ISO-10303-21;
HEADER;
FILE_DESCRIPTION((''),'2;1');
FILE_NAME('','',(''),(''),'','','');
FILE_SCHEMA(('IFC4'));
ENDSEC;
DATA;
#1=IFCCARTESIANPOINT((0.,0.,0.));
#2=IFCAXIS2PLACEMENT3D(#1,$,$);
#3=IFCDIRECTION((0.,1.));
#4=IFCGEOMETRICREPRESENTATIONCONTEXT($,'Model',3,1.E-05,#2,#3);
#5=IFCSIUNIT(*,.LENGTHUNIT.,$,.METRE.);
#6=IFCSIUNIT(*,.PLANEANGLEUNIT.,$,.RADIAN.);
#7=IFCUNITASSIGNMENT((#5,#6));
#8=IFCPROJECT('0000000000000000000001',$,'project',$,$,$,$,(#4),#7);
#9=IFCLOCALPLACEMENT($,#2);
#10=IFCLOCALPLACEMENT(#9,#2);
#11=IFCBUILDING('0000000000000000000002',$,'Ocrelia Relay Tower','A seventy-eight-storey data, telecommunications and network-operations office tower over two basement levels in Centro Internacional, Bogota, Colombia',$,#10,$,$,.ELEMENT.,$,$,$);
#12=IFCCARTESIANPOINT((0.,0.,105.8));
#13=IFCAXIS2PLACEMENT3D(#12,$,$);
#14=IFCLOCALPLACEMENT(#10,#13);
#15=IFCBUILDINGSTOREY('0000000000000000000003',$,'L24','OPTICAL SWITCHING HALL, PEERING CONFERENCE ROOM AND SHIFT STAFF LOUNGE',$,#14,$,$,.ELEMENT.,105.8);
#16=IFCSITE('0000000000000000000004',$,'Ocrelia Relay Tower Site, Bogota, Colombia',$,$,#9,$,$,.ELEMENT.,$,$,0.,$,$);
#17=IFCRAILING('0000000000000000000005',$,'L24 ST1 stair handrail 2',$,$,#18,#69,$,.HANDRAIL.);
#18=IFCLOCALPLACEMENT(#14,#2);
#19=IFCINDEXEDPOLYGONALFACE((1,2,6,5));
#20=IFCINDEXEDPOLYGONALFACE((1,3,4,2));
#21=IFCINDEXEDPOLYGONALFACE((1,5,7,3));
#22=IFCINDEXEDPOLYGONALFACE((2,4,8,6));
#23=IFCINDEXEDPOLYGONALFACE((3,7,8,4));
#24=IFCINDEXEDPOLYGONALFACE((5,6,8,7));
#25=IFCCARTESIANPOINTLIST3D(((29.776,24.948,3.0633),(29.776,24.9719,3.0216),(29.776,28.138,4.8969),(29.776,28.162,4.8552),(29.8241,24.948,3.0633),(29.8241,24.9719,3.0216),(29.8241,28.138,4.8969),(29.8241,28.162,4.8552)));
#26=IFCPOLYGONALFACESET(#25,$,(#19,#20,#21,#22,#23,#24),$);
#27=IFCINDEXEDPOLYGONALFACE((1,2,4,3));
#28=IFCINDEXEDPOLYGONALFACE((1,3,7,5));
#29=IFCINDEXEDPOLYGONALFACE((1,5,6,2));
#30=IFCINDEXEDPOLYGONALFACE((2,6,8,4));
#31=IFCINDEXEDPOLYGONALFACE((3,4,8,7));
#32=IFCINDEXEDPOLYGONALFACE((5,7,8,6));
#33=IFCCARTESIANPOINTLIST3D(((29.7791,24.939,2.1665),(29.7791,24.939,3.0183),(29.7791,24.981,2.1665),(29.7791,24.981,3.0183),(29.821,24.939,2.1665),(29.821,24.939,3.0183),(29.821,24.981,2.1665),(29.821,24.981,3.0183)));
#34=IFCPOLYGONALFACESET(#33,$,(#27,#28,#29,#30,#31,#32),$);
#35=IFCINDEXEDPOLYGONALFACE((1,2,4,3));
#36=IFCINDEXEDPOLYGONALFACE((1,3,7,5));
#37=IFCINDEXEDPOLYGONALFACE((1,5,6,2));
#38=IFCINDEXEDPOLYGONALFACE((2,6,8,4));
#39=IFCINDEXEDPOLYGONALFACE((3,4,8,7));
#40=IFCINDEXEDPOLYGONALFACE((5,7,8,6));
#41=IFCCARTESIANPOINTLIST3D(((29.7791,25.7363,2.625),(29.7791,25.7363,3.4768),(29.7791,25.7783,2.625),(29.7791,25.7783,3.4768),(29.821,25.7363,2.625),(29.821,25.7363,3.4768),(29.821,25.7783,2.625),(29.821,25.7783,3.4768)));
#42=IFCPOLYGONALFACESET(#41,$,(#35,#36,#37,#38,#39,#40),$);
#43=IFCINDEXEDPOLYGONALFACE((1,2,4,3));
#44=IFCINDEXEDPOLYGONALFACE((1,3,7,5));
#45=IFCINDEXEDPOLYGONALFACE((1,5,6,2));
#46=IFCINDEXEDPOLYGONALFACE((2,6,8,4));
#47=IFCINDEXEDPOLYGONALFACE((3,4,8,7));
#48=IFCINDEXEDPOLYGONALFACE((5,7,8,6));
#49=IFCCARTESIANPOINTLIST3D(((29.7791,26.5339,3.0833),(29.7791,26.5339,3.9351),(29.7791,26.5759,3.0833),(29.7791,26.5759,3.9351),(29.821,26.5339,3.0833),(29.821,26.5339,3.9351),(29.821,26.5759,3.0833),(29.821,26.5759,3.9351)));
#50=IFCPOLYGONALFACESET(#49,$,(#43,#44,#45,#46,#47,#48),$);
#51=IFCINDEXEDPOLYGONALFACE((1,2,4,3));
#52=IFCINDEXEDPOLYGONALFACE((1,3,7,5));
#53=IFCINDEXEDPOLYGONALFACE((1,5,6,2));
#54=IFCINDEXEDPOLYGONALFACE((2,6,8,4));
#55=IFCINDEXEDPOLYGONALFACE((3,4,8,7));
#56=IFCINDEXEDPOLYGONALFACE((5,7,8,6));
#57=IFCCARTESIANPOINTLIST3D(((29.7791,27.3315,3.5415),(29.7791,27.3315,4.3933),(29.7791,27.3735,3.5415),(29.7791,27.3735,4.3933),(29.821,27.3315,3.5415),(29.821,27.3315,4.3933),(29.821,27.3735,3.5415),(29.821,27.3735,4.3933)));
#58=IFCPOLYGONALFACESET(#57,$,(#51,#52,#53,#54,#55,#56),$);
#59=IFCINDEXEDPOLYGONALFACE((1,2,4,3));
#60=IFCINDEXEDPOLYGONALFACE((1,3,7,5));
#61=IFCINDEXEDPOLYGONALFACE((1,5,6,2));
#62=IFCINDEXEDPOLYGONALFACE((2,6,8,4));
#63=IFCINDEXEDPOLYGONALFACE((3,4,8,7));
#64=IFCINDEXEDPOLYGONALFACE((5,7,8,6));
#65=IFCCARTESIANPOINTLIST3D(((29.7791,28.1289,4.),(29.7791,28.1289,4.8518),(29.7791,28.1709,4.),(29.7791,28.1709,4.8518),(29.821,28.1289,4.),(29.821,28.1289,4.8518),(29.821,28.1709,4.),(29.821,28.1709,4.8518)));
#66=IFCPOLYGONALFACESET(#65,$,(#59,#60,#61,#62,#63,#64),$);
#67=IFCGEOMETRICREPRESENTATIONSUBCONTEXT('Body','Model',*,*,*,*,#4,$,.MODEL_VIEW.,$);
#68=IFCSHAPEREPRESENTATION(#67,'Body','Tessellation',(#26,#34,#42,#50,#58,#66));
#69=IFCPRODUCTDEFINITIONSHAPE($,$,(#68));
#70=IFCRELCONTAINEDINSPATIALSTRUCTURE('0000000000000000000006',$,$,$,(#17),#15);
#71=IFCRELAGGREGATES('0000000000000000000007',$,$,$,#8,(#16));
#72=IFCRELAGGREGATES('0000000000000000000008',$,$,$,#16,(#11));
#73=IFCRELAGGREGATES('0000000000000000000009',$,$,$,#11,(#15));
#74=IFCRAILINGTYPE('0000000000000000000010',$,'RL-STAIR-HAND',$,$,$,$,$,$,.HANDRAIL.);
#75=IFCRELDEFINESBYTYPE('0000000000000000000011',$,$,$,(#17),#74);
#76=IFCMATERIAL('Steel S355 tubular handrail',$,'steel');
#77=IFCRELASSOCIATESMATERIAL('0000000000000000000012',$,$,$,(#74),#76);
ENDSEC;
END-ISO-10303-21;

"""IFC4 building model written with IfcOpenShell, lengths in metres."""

from ifc_helpers import new_model, si_unit, direction, frame, origin, origin_2d, place, context, subcontext, project, spatial, rectangle, extrude, material, type_object, element, save


model = new_model("IFC4")

# Units and contexts
model_context = context("Model", 3, precision=1e-05, world=origin(), true_north=direction((0.0, 1.0)))
body_context = subcontext(model_context, "Body", "Model", "MODEL_VIEW")
ifc_project = project(units=[si_unit("LENGTHUNIT", "METRE"), si_unit("PLANEANGLEUNIT", "RADIAN")], contexts=[model_context])

# Site, building, storey
site_placement = place(None, origin())
site = spatial("IfcSite", under=ifc_project, at=site_placement, Name="Ocrelia Relay Tower Site, Bogota, Colombia", CompositionType="ELEMENT", RefElevation=0.0)
building_placement = place(site_placement, origin())
building = spatial("IfcBuilding", under=site, at=building_placement, Name="Ocrelia Relay Tower", Description="A seventy-eight-storey data, telecommunications and network-operations office tower over two basement levels in Centro Internacional, Bogota, Colombia", CompositionType="ELEMENT")
storey_placement = place(building_placement, frame((0.0, 0.0, 105.8)))
storey = spatial("IfcBuildingStorey", under=building, at=storey_placement, Name="L24", Description="OPTICAL SWITCHING HALL, PEERING CONFERENCE ROOM AND SHIFT STAFF LOUNGE", CompositionType="ELEMENT", Elevation=105.8)

# Railing
ifc_material_1 = material(Name="Steel S355 tubular handrail", Category="steel")
railing_type_1 = type_object("IfcRailingType", Name="RL-STAIR-HAND", PredefinedType="HANDRAIL", material=ifc_material_1)
railing_1_placement = place(storey_placement, frame((29.8, 24.96, 2.1665)))
element("IfcRailing", 1, at=railing_1_placement, inside=storey, type_object=railing_type_1, Name="L24 ST1 stair handrail 2", PredefinedType="HANDRAIL", context=body_context, shape_type="SweptSolid", body=[
    extrude(rectangle(XDim=0.0481, YDim=0.0481, at=origin_2d()), frame((0.0, 0.0, 0.876), z_axis=(0.0, 0.866991, 0.498324), x_axis=(-1.0, 0.0, 0.0)), (0.0, 0.0, 1.0), 3.6794),
    extrude(rectangle(XDim=0.042, YDim=0.042, at=origin_2d()), origin(), (0.0, 0.0, 1.0), 0.8518),
    extrude(rectangle(XDim=0.042, YDim=0.042, at=origin_2d()), frame((0.0, 0.7974, 0.4585)), (0.0, 0.0, 1.0), 0.8518),
    extrude(rectangle(XDim=0.042, YDim=0.042, at=origin_2d()), frame((0.0, 1.595, 0.9167)), (0.0, 0.0, 1.0), 0.8518),
    extrude(rectangle(XDim=0.042, YDim=0.042, at=origin_2d()), frame((0.0, 2.3926, 1.375)), (0.0, 0.0, 1.0), 0.8518),
    extrude(rectangle(XDim=0.042, YDim=0.042, at=origin_2d()), frame((0.0, 3.1899, 1.8335)), (0.0, 0.0, 1.0), 0.8518),
])

save(model, "model.ifc")
